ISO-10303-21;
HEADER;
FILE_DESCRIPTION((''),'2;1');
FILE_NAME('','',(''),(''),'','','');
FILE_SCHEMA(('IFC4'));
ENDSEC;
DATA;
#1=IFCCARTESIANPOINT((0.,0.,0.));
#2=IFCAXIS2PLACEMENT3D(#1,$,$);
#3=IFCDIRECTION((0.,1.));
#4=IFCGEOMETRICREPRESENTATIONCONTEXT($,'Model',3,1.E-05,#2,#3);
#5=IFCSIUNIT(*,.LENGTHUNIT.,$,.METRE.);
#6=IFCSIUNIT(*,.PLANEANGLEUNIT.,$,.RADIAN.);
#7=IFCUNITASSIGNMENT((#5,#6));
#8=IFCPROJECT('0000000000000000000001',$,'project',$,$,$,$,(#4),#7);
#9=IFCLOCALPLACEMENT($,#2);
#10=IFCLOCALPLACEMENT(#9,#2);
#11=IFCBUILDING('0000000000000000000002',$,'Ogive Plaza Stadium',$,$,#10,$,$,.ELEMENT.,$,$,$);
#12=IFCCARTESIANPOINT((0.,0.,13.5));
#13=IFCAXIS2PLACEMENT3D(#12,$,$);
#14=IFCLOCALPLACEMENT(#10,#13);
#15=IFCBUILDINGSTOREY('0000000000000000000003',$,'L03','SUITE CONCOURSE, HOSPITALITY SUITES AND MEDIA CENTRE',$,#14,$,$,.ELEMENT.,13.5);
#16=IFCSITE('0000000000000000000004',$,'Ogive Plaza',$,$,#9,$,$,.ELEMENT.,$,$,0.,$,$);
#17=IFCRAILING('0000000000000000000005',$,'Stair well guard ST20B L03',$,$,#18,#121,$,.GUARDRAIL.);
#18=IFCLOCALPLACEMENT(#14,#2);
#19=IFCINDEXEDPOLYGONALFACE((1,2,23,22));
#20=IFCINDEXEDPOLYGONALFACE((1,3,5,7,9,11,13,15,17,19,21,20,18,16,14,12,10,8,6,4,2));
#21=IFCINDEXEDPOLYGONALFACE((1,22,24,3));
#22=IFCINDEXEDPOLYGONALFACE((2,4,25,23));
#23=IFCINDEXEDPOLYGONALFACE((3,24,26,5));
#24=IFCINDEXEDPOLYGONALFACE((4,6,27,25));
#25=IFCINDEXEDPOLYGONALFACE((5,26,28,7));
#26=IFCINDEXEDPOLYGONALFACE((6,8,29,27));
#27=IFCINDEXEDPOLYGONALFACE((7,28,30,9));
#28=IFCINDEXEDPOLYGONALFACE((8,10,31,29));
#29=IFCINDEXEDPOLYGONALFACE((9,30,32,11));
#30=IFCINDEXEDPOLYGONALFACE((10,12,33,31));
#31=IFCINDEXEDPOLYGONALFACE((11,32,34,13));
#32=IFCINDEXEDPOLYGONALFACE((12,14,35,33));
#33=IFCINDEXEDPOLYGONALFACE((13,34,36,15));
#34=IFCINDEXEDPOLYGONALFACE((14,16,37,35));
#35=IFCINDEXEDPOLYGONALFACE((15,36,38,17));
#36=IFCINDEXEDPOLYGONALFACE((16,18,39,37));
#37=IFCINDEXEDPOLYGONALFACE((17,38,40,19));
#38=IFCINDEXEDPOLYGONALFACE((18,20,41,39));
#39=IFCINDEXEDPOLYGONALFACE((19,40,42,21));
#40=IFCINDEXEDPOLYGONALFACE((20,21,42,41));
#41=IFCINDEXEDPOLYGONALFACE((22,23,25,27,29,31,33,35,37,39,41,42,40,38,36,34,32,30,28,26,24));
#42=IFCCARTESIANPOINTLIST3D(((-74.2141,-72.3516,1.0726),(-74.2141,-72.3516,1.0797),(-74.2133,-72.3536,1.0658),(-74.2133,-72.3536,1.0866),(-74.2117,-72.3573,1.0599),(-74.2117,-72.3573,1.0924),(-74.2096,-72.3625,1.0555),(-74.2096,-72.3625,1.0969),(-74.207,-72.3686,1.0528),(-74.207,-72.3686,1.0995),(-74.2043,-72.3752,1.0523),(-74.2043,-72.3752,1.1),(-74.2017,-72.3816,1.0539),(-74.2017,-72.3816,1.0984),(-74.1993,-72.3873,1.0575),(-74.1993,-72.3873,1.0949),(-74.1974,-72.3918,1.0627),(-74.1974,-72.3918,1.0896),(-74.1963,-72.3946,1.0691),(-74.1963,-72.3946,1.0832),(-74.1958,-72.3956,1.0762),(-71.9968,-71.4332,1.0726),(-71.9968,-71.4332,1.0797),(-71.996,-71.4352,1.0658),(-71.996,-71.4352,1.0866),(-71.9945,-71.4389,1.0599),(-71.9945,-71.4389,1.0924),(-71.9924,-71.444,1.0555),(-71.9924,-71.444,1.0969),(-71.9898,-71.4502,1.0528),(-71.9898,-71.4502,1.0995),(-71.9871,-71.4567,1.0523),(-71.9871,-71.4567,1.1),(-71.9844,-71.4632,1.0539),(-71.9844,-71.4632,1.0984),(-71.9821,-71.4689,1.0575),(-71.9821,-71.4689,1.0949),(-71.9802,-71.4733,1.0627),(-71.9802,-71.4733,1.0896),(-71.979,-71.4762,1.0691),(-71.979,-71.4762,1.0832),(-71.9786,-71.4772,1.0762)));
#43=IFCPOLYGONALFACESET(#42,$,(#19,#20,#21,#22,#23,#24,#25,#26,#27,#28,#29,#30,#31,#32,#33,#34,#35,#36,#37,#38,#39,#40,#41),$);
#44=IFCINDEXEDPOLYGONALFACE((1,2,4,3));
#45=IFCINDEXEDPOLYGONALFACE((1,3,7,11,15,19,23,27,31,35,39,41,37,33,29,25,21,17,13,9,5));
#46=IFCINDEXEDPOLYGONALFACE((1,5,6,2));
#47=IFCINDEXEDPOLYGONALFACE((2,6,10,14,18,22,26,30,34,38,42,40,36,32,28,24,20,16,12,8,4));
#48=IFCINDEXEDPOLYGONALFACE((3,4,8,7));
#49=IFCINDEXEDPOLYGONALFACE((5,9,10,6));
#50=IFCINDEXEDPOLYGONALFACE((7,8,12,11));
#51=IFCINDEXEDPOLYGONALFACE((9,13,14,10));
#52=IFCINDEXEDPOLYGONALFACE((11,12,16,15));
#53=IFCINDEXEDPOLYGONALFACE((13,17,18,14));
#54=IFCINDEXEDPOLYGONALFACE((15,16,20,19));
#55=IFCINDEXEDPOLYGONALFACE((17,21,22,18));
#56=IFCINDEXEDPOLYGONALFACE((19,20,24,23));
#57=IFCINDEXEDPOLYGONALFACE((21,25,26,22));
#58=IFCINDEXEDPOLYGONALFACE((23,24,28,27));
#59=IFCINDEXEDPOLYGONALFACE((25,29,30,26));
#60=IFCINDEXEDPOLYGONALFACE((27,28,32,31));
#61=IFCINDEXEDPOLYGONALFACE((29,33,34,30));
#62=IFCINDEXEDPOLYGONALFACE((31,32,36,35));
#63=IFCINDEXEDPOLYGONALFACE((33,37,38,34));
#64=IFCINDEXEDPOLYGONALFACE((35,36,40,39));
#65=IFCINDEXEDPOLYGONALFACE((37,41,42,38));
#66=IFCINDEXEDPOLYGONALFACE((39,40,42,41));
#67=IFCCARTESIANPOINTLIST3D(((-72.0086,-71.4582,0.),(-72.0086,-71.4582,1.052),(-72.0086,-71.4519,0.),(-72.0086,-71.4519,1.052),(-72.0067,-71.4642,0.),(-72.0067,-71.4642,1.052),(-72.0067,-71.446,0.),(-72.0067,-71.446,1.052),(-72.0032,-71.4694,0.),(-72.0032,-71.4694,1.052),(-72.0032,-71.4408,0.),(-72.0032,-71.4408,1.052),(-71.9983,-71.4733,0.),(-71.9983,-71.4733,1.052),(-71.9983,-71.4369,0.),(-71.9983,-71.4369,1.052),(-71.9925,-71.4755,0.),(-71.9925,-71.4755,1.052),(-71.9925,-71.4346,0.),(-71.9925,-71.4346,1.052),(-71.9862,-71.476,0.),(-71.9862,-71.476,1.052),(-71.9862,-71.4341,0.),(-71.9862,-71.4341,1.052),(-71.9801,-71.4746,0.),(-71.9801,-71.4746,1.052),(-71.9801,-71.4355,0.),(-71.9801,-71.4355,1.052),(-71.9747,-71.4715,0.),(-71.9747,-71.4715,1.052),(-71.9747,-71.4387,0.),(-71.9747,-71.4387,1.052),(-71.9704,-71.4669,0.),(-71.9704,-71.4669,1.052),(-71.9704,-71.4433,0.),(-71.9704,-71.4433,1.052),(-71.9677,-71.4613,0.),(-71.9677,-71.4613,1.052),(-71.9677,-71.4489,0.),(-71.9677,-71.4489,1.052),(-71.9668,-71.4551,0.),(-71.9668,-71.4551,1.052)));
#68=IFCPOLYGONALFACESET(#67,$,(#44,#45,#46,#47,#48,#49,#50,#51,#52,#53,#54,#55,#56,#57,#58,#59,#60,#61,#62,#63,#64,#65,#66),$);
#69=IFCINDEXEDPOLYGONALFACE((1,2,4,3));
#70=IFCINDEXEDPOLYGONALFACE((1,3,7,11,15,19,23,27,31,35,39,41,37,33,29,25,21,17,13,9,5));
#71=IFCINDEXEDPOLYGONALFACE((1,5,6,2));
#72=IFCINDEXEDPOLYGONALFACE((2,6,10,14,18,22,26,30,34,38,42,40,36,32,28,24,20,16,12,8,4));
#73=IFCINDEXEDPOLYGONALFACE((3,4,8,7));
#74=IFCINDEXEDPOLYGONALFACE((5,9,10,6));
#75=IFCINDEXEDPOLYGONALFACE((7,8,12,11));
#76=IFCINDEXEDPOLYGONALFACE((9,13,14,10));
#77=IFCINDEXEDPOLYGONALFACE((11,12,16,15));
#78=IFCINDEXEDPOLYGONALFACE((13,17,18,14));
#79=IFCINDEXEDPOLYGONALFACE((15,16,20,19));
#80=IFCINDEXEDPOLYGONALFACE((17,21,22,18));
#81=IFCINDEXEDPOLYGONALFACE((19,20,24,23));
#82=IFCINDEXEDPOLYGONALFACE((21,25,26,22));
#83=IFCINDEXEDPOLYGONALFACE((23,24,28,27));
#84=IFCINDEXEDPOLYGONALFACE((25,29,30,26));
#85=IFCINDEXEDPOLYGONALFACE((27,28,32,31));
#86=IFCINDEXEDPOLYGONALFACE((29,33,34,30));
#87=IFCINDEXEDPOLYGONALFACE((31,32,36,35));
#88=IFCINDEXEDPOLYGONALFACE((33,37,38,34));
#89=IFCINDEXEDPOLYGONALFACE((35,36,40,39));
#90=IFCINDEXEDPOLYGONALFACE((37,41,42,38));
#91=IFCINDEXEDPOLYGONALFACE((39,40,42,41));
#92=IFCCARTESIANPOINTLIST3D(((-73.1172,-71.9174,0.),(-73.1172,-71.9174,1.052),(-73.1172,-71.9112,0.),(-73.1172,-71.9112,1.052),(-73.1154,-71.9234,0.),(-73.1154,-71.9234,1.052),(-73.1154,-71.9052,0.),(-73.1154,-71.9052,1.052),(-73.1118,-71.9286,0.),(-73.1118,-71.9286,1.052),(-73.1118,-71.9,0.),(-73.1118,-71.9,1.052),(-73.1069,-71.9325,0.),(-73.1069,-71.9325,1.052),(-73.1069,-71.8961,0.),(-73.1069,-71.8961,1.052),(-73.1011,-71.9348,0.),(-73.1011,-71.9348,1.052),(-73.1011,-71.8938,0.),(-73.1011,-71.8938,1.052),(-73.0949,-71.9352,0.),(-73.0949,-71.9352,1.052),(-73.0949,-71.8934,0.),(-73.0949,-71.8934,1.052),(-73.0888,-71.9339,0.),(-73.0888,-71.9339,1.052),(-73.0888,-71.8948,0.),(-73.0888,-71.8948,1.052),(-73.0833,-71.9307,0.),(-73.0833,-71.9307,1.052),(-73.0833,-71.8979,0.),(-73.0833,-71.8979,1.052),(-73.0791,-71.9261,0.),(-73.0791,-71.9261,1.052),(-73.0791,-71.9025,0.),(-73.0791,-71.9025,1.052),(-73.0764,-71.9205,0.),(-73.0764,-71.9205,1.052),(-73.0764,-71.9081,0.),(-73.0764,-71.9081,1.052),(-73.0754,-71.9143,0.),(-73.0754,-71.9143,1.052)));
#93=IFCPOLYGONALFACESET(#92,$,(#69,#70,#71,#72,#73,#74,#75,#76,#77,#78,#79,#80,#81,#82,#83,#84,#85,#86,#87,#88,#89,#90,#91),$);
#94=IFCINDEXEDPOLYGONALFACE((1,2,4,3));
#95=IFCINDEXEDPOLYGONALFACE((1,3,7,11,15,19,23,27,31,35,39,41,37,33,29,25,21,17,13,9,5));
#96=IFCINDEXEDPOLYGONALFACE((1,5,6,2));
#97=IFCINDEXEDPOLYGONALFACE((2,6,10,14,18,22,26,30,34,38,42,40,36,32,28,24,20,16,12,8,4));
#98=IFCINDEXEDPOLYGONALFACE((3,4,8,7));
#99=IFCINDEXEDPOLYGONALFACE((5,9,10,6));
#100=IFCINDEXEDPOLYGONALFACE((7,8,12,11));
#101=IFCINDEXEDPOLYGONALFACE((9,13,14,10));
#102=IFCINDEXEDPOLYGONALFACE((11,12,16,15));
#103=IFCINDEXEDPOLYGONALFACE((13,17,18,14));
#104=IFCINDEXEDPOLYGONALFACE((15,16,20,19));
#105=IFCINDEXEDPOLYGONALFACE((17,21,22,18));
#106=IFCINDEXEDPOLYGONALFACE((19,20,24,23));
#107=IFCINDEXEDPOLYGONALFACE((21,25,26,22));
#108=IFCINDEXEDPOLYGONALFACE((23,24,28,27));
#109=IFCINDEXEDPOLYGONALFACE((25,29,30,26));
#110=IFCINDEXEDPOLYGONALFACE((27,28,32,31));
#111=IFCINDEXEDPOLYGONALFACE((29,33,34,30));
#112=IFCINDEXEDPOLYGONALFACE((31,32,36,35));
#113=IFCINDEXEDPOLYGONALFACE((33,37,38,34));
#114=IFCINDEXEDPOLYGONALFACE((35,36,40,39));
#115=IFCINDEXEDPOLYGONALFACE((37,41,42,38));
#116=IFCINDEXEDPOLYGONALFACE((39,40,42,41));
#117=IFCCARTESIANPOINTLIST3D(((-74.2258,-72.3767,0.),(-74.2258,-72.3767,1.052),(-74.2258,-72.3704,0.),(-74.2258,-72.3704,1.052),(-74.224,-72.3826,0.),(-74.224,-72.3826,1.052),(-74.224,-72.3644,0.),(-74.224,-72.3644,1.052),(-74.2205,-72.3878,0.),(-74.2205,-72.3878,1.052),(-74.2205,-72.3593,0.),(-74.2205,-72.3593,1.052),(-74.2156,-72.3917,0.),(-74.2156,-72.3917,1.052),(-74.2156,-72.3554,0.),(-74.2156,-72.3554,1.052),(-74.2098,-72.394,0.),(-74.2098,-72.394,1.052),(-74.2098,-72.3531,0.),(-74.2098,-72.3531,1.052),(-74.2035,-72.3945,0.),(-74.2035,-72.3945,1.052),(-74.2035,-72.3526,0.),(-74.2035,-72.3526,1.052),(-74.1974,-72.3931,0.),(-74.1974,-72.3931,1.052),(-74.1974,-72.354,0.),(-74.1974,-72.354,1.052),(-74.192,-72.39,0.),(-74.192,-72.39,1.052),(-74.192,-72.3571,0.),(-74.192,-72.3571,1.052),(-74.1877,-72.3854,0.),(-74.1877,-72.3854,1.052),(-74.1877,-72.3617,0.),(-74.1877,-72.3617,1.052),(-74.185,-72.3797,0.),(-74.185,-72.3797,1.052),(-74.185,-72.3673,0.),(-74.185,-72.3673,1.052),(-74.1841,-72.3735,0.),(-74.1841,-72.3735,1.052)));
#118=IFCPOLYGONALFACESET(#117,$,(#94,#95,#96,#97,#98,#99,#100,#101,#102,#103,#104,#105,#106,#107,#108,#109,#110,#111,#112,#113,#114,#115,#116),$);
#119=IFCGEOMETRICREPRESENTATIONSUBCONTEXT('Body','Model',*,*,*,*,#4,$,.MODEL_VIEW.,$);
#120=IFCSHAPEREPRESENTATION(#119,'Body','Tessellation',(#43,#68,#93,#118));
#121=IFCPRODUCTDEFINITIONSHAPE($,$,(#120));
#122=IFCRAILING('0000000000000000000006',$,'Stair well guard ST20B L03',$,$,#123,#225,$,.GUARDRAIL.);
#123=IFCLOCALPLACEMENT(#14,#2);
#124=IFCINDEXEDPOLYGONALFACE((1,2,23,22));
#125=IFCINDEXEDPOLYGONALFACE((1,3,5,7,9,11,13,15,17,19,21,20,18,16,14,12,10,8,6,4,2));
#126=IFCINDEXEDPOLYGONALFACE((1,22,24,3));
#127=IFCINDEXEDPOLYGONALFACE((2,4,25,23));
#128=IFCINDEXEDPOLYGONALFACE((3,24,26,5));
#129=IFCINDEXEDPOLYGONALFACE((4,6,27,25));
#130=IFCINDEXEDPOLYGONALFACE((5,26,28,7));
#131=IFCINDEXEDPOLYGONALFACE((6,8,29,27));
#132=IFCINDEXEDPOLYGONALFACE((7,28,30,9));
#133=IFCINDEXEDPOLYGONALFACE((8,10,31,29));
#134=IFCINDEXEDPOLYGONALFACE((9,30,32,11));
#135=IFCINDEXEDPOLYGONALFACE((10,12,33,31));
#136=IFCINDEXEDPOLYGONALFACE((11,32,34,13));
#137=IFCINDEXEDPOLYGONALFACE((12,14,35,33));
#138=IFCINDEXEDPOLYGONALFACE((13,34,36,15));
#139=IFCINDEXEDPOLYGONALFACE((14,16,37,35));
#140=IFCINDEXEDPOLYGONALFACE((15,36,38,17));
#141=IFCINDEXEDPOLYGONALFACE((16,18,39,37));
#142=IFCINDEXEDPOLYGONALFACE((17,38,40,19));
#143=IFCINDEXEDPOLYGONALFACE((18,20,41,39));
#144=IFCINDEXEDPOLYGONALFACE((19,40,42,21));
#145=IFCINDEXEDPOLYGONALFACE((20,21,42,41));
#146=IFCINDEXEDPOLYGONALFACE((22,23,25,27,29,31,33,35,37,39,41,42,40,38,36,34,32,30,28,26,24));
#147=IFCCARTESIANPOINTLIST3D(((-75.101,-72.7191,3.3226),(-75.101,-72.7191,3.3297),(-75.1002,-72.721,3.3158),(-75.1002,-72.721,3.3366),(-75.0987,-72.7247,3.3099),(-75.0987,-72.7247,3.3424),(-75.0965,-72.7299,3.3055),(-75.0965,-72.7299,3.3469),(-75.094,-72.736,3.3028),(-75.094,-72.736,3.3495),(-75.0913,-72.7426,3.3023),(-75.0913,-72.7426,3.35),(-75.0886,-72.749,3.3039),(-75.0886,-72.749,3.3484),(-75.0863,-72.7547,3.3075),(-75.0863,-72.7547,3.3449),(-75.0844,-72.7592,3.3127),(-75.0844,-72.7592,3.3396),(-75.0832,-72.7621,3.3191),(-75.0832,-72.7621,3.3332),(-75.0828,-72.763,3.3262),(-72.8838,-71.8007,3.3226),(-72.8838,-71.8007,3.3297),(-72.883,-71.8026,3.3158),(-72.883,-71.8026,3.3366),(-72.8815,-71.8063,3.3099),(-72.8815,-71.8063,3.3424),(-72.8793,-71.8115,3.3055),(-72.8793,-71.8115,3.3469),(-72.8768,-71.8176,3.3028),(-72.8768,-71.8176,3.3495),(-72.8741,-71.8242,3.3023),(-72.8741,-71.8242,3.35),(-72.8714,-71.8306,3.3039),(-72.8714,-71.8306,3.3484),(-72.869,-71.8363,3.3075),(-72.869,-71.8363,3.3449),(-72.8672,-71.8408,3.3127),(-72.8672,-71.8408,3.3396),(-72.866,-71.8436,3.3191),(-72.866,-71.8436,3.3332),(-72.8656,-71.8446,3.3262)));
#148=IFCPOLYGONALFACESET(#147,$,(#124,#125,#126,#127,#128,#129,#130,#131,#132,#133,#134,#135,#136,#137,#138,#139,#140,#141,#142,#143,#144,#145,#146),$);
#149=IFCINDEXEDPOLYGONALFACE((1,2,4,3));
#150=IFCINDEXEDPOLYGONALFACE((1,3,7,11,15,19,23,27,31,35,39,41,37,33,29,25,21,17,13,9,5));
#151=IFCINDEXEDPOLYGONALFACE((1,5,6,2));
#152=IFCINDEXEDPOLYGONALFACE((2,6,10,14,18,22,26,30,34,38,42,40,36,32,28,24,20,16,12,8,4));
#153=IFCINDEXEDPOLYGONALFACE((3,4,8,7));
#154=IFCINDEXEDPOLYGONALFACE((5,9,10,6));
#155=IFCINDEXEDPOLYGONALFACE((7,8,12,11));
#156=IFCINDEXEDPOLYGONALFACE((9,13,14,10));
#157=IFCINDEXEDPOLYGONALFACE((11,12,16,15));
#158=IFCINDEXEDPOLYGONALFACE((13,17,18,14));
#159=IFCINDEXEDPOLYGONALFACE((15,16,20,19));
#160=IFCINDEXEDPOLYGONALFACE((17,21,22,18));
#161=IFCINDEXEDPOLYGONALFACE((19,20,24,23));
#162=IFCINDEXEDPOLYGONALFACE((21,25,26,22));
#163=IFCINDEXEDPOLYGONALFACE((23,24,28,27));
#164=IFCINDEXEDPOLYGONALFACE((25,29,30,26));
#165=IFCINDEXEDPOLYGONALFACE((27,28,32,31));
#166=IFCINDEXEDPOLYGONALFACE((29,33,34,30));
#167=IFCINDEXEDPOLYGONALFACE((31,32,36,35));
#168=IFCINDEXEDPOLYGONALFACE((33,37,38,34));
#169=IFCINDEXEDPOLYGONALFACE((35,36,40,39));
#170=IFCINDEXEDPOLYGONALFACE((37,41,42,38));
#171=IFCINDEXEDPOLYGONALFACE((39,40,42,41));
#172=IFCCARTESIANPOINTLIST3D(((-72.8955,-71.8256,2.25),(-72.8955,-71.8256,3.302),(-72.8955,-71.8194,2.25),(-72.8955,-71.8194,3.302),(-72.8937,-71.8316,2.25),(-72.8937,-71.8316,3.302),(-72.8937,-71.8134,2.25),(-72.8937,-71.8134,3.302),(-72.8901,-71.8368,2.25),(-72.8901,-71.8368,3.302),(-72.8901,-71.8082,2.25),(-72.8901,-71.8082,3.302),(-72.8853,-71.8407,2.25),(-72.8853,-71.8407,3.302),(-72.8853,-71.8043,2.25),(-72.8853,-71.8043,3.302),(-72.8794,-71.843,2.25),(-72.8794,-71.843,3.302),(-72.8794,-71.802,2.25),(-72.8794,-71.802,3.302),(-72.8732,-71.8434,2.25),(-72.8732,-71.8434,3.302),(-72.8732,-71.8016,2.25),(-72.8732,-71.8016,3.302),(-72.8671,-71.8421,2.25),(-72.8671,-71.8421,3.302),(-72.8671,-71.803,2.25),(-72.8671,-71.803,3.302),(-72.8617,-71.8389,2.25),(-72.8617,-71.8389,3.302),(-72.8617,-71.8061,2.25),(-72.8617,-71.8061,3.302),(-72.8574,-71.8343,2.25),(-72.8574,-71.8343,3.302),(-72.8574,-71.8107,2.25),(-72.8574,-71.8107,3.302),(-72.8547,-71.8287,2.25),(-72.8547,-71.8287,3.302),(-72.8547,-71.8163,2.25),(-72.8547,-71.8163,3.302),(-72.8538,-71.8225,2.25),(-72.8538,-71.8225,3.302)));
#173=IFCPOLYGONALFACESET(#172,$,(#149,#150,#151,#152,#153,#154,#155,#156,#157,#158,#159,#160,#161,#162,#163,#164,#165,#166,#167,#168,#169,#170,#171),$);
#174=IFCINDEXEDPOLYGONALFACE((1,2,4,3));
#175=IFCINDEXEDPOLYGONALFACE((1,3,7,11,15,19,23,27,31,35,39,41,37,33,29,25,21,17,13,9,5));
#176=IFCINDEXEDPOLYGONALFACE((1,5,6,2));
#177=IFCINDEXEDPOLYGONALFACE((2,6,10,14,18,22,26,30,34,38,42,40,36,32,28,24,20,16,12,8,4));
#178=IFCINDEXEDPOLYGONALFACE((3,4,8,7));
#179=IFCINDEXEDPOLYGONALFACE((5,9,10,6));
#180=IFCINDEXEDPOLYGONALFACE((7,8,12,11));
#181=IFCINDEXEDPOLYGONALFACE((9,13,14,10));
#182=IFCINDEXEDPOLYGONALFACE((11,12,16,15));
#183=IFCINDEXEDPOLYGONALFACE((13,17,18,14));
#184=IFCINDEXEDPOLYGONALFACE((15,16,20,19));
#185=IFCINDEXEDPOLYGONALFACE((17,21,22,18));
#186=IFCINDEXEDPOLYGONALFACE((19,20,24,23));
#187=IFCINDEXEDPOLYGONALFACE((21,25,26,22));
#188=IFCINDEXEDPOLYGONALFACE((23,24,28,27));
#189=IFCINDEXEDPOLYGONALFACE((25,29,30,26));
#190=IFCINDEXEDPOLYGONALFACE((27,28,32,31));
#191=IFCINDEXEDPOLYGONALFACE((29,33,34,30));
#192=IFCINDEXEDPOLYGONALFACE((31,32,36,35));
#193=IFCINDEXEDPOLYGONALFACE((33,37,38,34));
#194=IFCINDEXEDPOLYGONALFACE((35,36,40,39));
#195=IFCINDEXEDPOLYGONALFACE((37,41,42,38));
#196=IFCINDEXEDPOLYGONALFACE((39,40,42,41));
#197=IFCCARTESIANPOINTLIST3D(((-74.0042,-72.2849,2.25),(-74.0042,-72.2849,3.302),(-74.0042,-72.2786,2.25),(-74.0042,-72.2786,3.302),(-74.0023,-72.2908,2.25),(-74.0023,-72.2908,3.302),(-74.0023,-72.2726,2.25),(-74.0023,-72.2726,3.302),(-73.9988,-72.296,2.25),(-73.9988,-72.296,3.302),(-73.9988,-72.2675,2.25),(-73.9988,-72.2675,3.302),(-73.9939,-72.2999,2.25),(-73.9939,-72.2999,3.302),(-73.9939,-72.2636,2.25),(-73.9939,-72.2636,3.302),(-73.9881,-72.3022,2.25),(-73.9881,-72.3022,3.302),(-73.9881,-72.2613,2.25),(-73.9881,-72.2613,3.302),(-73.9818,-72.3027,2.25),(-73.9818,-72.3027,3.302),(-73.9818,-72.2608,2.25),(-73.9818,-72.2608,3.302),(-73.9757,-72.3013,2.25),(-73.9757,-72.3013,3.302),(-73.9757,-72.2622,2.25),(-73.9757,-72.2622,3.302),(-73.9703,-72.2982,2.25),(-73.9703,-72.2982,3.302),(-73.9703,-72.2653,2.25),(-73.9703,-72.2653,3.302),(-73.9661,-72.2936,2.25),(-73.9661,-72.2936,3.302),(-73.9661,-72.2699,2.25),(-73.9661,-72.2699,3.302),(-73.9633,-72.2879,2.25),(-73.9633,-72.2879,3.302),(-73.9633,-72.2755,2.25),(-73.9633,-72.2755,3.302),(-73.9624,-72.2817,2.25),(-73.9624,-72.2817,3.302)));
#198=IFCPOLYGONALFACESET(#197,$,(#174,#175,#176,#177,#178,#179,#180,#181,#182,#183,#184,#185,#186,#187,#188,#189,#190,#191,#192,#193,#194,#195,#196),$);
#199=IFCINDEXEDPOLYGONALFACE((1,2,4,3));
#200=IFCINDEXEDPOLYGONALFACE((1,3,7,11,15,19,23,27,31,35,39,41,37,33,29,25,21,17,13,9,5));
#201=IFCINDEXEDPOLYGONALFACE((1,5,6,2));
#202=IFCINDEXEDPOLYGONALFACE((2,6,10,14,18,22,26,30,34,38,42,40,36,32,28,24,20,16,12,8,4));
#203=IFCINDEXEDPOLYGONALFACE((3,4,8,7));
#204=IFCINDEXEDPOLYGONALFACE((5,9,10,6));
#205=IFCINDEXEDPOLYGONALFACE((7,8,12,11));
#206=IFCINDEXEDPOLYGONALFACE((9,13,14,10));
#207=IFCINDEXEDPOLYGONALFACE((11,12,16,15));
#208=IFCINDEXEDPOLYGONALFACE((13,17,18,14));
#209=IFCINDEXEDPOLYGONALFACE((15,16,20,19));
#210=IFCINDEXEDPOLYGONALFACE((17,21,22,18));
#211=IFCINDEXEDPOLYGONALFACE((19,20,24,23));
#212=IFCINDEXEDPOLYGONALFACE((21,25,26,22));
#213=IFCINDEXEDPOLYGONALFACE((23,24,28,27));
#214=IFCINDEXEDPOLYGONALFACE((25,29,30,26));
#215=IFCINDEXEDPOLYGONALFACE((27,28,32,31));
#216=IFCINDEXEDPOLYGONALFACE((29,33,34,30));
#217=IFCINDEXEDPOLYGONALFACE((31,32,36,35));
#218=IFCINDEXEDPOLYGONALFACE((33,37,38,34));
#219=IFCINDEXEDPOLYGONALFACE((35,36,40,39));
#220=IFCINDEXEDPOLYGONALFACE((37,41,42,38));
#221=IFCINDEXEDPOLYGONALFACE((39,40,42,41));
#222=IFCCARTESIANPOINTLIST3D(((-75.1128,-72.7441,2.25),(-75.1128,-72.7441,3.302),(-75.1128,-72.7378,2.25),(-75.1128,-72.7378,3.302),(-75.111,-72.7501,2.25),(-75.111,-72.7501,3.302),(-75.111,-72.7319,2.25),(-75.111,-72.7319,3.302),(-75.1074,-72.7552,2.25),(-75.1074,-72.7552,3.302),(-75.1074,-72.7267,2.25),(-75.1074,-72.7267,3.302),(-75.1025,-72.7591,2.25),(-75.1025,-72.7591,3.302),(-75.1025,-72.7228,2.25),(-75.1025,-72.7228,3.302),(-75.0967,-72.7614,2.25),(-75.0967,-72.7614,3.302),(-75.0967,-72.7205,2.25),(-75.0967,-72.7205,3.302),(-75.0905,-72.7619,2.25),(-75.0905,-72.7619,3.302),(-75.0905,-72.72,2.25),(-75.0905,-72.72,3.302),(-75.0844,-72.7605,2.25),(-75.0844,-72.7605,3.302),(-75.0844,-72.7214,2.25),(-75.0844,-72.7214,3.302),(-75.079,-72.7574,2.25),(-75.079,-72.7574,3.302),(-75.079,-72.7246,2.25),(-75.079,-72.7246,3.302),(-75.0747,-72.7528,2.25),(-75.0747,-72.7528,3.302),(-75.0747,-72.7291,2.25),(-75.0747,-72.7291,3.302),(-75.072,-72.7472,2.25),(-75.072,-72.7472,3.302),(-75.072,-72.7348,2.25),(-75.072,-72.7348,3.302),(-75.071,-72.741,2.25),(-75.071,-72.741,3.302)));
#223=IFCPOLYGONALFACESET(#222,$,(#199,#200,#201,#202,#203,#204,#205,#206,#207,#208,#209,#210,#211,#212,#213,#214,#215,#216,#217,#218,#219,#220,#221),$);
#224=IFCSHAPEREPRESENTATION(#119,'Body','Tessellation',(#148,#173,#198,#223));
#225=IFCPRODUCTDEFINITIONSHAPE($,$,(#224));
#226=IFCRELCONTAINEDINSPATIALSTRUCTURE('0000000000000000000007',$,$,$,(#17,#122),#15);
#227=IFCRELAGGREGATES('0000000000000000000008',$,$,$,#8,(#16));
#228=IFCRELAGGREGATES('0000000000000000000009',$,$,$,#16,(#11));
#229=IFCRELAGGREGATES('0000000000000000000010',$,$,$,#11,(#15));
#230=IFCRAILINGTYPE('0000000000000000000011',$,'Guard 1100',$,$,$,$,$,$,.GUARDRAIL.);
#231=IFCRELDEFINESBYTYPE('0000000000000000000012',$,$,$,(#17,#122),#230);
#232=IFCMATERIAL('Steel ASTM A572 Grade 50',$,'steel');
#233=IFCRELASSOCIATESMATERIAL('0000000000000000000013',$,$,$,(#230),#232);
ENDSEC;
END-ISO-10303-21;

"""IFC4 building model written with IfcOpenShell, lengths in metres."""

from ifc_helpers import new_model, si_unit, direction, frame, origin, origin_2d, place, context, subcontext, project, spatial, circle, extrude, material, type_object, element, save


model = new_model("IFC4")

# Units and contexts
model_context = context("Model", 3, precision=1e-05, world=origin(), true_north=direction((0.0, 1.0)))
body_context = subcontext(model_context, "Body", "Model", "MODEL_VIEW")
ifc_project = project(units=[si_unit("LENGTHUNIT", "METRE"), si_unit("PLANEANGLEUNIT", "RADIAN")], contexts=[model_context])

# Site, building, storey
site_placement = place(None, origin())
site = spatial("IfcSite", under=ifc_project, at=site_placement, Name="Ogive Plaza", CompositionType="ELEMENT", RefElevation=0.0)
building_placement = place(site_placement, origin())
building = spatial("IfcBuilding", under=site, at=building_placement, Name="Ogive Plaza Stadium", CompositionType="ELEMENT")
storey_placement = place(building_placement, frame((0.0, 0.0, 13.5)))
storey = spatial("IfcBuildingStorey", under=building, at=storey_placement, Name="L03", Description="SUITE CONCOURSE, HOSPITALITY SUITES AND MEDIA CENTRE", CompositionType="ELEMENT", Elevation=13.5)

# Railings
ifc_material_1 = material(Name="Steel ASTM A572 Grade 50", Category="steel")
railing_type_1 = type_object("IfcRailingType", Name="Guard 1100", PredefinedType="GUARDRAIL", material=ifc_material_1)
for number, where, name in (
    (1, (-71.9878, -71.4551, 0.0), "Stair well guard ST20B L03"),
    (2, (-72.8748, -71.8225, 2.25), "Stair well guard ST20B L03"),
):
    element("IfcRailing", number, at=place(storey_placement, frame(where)), inside=storey, type_object=railing_type_1, Name=name, PredefinedType="GUARDRAIL", context=body_context, shape_type="SweptSolid", body=[
        extrude(circle(Radius=0.0239, at=origin_2d()), frame((0.0, 0.0, 1.0762), z_axis=(-0.923875, -0.382693, 0.0), x_axis=(0.382693, -0.923875, 0.0)), (0.0, 0.0, 1.0), 2.3999),
        extrude(circle(Radius=0.021, at=origin_2d()), origin(), (0.0, 0.0, 1.0), 1.052),
        extrude(circle(Radius=0.021, at=origin_2d()), frame((-1.1086, -0.4592, 0.0)), (0.0, 0.0, 1.0), 1.052),
        extrude(circle(Radius=0.021, at=origin_2d()), frame((-2.2173, -0.9185, 0.0)), (0.0, 0.0, 1.0), 1.052),
    ])

save(model, "model.ifc")
